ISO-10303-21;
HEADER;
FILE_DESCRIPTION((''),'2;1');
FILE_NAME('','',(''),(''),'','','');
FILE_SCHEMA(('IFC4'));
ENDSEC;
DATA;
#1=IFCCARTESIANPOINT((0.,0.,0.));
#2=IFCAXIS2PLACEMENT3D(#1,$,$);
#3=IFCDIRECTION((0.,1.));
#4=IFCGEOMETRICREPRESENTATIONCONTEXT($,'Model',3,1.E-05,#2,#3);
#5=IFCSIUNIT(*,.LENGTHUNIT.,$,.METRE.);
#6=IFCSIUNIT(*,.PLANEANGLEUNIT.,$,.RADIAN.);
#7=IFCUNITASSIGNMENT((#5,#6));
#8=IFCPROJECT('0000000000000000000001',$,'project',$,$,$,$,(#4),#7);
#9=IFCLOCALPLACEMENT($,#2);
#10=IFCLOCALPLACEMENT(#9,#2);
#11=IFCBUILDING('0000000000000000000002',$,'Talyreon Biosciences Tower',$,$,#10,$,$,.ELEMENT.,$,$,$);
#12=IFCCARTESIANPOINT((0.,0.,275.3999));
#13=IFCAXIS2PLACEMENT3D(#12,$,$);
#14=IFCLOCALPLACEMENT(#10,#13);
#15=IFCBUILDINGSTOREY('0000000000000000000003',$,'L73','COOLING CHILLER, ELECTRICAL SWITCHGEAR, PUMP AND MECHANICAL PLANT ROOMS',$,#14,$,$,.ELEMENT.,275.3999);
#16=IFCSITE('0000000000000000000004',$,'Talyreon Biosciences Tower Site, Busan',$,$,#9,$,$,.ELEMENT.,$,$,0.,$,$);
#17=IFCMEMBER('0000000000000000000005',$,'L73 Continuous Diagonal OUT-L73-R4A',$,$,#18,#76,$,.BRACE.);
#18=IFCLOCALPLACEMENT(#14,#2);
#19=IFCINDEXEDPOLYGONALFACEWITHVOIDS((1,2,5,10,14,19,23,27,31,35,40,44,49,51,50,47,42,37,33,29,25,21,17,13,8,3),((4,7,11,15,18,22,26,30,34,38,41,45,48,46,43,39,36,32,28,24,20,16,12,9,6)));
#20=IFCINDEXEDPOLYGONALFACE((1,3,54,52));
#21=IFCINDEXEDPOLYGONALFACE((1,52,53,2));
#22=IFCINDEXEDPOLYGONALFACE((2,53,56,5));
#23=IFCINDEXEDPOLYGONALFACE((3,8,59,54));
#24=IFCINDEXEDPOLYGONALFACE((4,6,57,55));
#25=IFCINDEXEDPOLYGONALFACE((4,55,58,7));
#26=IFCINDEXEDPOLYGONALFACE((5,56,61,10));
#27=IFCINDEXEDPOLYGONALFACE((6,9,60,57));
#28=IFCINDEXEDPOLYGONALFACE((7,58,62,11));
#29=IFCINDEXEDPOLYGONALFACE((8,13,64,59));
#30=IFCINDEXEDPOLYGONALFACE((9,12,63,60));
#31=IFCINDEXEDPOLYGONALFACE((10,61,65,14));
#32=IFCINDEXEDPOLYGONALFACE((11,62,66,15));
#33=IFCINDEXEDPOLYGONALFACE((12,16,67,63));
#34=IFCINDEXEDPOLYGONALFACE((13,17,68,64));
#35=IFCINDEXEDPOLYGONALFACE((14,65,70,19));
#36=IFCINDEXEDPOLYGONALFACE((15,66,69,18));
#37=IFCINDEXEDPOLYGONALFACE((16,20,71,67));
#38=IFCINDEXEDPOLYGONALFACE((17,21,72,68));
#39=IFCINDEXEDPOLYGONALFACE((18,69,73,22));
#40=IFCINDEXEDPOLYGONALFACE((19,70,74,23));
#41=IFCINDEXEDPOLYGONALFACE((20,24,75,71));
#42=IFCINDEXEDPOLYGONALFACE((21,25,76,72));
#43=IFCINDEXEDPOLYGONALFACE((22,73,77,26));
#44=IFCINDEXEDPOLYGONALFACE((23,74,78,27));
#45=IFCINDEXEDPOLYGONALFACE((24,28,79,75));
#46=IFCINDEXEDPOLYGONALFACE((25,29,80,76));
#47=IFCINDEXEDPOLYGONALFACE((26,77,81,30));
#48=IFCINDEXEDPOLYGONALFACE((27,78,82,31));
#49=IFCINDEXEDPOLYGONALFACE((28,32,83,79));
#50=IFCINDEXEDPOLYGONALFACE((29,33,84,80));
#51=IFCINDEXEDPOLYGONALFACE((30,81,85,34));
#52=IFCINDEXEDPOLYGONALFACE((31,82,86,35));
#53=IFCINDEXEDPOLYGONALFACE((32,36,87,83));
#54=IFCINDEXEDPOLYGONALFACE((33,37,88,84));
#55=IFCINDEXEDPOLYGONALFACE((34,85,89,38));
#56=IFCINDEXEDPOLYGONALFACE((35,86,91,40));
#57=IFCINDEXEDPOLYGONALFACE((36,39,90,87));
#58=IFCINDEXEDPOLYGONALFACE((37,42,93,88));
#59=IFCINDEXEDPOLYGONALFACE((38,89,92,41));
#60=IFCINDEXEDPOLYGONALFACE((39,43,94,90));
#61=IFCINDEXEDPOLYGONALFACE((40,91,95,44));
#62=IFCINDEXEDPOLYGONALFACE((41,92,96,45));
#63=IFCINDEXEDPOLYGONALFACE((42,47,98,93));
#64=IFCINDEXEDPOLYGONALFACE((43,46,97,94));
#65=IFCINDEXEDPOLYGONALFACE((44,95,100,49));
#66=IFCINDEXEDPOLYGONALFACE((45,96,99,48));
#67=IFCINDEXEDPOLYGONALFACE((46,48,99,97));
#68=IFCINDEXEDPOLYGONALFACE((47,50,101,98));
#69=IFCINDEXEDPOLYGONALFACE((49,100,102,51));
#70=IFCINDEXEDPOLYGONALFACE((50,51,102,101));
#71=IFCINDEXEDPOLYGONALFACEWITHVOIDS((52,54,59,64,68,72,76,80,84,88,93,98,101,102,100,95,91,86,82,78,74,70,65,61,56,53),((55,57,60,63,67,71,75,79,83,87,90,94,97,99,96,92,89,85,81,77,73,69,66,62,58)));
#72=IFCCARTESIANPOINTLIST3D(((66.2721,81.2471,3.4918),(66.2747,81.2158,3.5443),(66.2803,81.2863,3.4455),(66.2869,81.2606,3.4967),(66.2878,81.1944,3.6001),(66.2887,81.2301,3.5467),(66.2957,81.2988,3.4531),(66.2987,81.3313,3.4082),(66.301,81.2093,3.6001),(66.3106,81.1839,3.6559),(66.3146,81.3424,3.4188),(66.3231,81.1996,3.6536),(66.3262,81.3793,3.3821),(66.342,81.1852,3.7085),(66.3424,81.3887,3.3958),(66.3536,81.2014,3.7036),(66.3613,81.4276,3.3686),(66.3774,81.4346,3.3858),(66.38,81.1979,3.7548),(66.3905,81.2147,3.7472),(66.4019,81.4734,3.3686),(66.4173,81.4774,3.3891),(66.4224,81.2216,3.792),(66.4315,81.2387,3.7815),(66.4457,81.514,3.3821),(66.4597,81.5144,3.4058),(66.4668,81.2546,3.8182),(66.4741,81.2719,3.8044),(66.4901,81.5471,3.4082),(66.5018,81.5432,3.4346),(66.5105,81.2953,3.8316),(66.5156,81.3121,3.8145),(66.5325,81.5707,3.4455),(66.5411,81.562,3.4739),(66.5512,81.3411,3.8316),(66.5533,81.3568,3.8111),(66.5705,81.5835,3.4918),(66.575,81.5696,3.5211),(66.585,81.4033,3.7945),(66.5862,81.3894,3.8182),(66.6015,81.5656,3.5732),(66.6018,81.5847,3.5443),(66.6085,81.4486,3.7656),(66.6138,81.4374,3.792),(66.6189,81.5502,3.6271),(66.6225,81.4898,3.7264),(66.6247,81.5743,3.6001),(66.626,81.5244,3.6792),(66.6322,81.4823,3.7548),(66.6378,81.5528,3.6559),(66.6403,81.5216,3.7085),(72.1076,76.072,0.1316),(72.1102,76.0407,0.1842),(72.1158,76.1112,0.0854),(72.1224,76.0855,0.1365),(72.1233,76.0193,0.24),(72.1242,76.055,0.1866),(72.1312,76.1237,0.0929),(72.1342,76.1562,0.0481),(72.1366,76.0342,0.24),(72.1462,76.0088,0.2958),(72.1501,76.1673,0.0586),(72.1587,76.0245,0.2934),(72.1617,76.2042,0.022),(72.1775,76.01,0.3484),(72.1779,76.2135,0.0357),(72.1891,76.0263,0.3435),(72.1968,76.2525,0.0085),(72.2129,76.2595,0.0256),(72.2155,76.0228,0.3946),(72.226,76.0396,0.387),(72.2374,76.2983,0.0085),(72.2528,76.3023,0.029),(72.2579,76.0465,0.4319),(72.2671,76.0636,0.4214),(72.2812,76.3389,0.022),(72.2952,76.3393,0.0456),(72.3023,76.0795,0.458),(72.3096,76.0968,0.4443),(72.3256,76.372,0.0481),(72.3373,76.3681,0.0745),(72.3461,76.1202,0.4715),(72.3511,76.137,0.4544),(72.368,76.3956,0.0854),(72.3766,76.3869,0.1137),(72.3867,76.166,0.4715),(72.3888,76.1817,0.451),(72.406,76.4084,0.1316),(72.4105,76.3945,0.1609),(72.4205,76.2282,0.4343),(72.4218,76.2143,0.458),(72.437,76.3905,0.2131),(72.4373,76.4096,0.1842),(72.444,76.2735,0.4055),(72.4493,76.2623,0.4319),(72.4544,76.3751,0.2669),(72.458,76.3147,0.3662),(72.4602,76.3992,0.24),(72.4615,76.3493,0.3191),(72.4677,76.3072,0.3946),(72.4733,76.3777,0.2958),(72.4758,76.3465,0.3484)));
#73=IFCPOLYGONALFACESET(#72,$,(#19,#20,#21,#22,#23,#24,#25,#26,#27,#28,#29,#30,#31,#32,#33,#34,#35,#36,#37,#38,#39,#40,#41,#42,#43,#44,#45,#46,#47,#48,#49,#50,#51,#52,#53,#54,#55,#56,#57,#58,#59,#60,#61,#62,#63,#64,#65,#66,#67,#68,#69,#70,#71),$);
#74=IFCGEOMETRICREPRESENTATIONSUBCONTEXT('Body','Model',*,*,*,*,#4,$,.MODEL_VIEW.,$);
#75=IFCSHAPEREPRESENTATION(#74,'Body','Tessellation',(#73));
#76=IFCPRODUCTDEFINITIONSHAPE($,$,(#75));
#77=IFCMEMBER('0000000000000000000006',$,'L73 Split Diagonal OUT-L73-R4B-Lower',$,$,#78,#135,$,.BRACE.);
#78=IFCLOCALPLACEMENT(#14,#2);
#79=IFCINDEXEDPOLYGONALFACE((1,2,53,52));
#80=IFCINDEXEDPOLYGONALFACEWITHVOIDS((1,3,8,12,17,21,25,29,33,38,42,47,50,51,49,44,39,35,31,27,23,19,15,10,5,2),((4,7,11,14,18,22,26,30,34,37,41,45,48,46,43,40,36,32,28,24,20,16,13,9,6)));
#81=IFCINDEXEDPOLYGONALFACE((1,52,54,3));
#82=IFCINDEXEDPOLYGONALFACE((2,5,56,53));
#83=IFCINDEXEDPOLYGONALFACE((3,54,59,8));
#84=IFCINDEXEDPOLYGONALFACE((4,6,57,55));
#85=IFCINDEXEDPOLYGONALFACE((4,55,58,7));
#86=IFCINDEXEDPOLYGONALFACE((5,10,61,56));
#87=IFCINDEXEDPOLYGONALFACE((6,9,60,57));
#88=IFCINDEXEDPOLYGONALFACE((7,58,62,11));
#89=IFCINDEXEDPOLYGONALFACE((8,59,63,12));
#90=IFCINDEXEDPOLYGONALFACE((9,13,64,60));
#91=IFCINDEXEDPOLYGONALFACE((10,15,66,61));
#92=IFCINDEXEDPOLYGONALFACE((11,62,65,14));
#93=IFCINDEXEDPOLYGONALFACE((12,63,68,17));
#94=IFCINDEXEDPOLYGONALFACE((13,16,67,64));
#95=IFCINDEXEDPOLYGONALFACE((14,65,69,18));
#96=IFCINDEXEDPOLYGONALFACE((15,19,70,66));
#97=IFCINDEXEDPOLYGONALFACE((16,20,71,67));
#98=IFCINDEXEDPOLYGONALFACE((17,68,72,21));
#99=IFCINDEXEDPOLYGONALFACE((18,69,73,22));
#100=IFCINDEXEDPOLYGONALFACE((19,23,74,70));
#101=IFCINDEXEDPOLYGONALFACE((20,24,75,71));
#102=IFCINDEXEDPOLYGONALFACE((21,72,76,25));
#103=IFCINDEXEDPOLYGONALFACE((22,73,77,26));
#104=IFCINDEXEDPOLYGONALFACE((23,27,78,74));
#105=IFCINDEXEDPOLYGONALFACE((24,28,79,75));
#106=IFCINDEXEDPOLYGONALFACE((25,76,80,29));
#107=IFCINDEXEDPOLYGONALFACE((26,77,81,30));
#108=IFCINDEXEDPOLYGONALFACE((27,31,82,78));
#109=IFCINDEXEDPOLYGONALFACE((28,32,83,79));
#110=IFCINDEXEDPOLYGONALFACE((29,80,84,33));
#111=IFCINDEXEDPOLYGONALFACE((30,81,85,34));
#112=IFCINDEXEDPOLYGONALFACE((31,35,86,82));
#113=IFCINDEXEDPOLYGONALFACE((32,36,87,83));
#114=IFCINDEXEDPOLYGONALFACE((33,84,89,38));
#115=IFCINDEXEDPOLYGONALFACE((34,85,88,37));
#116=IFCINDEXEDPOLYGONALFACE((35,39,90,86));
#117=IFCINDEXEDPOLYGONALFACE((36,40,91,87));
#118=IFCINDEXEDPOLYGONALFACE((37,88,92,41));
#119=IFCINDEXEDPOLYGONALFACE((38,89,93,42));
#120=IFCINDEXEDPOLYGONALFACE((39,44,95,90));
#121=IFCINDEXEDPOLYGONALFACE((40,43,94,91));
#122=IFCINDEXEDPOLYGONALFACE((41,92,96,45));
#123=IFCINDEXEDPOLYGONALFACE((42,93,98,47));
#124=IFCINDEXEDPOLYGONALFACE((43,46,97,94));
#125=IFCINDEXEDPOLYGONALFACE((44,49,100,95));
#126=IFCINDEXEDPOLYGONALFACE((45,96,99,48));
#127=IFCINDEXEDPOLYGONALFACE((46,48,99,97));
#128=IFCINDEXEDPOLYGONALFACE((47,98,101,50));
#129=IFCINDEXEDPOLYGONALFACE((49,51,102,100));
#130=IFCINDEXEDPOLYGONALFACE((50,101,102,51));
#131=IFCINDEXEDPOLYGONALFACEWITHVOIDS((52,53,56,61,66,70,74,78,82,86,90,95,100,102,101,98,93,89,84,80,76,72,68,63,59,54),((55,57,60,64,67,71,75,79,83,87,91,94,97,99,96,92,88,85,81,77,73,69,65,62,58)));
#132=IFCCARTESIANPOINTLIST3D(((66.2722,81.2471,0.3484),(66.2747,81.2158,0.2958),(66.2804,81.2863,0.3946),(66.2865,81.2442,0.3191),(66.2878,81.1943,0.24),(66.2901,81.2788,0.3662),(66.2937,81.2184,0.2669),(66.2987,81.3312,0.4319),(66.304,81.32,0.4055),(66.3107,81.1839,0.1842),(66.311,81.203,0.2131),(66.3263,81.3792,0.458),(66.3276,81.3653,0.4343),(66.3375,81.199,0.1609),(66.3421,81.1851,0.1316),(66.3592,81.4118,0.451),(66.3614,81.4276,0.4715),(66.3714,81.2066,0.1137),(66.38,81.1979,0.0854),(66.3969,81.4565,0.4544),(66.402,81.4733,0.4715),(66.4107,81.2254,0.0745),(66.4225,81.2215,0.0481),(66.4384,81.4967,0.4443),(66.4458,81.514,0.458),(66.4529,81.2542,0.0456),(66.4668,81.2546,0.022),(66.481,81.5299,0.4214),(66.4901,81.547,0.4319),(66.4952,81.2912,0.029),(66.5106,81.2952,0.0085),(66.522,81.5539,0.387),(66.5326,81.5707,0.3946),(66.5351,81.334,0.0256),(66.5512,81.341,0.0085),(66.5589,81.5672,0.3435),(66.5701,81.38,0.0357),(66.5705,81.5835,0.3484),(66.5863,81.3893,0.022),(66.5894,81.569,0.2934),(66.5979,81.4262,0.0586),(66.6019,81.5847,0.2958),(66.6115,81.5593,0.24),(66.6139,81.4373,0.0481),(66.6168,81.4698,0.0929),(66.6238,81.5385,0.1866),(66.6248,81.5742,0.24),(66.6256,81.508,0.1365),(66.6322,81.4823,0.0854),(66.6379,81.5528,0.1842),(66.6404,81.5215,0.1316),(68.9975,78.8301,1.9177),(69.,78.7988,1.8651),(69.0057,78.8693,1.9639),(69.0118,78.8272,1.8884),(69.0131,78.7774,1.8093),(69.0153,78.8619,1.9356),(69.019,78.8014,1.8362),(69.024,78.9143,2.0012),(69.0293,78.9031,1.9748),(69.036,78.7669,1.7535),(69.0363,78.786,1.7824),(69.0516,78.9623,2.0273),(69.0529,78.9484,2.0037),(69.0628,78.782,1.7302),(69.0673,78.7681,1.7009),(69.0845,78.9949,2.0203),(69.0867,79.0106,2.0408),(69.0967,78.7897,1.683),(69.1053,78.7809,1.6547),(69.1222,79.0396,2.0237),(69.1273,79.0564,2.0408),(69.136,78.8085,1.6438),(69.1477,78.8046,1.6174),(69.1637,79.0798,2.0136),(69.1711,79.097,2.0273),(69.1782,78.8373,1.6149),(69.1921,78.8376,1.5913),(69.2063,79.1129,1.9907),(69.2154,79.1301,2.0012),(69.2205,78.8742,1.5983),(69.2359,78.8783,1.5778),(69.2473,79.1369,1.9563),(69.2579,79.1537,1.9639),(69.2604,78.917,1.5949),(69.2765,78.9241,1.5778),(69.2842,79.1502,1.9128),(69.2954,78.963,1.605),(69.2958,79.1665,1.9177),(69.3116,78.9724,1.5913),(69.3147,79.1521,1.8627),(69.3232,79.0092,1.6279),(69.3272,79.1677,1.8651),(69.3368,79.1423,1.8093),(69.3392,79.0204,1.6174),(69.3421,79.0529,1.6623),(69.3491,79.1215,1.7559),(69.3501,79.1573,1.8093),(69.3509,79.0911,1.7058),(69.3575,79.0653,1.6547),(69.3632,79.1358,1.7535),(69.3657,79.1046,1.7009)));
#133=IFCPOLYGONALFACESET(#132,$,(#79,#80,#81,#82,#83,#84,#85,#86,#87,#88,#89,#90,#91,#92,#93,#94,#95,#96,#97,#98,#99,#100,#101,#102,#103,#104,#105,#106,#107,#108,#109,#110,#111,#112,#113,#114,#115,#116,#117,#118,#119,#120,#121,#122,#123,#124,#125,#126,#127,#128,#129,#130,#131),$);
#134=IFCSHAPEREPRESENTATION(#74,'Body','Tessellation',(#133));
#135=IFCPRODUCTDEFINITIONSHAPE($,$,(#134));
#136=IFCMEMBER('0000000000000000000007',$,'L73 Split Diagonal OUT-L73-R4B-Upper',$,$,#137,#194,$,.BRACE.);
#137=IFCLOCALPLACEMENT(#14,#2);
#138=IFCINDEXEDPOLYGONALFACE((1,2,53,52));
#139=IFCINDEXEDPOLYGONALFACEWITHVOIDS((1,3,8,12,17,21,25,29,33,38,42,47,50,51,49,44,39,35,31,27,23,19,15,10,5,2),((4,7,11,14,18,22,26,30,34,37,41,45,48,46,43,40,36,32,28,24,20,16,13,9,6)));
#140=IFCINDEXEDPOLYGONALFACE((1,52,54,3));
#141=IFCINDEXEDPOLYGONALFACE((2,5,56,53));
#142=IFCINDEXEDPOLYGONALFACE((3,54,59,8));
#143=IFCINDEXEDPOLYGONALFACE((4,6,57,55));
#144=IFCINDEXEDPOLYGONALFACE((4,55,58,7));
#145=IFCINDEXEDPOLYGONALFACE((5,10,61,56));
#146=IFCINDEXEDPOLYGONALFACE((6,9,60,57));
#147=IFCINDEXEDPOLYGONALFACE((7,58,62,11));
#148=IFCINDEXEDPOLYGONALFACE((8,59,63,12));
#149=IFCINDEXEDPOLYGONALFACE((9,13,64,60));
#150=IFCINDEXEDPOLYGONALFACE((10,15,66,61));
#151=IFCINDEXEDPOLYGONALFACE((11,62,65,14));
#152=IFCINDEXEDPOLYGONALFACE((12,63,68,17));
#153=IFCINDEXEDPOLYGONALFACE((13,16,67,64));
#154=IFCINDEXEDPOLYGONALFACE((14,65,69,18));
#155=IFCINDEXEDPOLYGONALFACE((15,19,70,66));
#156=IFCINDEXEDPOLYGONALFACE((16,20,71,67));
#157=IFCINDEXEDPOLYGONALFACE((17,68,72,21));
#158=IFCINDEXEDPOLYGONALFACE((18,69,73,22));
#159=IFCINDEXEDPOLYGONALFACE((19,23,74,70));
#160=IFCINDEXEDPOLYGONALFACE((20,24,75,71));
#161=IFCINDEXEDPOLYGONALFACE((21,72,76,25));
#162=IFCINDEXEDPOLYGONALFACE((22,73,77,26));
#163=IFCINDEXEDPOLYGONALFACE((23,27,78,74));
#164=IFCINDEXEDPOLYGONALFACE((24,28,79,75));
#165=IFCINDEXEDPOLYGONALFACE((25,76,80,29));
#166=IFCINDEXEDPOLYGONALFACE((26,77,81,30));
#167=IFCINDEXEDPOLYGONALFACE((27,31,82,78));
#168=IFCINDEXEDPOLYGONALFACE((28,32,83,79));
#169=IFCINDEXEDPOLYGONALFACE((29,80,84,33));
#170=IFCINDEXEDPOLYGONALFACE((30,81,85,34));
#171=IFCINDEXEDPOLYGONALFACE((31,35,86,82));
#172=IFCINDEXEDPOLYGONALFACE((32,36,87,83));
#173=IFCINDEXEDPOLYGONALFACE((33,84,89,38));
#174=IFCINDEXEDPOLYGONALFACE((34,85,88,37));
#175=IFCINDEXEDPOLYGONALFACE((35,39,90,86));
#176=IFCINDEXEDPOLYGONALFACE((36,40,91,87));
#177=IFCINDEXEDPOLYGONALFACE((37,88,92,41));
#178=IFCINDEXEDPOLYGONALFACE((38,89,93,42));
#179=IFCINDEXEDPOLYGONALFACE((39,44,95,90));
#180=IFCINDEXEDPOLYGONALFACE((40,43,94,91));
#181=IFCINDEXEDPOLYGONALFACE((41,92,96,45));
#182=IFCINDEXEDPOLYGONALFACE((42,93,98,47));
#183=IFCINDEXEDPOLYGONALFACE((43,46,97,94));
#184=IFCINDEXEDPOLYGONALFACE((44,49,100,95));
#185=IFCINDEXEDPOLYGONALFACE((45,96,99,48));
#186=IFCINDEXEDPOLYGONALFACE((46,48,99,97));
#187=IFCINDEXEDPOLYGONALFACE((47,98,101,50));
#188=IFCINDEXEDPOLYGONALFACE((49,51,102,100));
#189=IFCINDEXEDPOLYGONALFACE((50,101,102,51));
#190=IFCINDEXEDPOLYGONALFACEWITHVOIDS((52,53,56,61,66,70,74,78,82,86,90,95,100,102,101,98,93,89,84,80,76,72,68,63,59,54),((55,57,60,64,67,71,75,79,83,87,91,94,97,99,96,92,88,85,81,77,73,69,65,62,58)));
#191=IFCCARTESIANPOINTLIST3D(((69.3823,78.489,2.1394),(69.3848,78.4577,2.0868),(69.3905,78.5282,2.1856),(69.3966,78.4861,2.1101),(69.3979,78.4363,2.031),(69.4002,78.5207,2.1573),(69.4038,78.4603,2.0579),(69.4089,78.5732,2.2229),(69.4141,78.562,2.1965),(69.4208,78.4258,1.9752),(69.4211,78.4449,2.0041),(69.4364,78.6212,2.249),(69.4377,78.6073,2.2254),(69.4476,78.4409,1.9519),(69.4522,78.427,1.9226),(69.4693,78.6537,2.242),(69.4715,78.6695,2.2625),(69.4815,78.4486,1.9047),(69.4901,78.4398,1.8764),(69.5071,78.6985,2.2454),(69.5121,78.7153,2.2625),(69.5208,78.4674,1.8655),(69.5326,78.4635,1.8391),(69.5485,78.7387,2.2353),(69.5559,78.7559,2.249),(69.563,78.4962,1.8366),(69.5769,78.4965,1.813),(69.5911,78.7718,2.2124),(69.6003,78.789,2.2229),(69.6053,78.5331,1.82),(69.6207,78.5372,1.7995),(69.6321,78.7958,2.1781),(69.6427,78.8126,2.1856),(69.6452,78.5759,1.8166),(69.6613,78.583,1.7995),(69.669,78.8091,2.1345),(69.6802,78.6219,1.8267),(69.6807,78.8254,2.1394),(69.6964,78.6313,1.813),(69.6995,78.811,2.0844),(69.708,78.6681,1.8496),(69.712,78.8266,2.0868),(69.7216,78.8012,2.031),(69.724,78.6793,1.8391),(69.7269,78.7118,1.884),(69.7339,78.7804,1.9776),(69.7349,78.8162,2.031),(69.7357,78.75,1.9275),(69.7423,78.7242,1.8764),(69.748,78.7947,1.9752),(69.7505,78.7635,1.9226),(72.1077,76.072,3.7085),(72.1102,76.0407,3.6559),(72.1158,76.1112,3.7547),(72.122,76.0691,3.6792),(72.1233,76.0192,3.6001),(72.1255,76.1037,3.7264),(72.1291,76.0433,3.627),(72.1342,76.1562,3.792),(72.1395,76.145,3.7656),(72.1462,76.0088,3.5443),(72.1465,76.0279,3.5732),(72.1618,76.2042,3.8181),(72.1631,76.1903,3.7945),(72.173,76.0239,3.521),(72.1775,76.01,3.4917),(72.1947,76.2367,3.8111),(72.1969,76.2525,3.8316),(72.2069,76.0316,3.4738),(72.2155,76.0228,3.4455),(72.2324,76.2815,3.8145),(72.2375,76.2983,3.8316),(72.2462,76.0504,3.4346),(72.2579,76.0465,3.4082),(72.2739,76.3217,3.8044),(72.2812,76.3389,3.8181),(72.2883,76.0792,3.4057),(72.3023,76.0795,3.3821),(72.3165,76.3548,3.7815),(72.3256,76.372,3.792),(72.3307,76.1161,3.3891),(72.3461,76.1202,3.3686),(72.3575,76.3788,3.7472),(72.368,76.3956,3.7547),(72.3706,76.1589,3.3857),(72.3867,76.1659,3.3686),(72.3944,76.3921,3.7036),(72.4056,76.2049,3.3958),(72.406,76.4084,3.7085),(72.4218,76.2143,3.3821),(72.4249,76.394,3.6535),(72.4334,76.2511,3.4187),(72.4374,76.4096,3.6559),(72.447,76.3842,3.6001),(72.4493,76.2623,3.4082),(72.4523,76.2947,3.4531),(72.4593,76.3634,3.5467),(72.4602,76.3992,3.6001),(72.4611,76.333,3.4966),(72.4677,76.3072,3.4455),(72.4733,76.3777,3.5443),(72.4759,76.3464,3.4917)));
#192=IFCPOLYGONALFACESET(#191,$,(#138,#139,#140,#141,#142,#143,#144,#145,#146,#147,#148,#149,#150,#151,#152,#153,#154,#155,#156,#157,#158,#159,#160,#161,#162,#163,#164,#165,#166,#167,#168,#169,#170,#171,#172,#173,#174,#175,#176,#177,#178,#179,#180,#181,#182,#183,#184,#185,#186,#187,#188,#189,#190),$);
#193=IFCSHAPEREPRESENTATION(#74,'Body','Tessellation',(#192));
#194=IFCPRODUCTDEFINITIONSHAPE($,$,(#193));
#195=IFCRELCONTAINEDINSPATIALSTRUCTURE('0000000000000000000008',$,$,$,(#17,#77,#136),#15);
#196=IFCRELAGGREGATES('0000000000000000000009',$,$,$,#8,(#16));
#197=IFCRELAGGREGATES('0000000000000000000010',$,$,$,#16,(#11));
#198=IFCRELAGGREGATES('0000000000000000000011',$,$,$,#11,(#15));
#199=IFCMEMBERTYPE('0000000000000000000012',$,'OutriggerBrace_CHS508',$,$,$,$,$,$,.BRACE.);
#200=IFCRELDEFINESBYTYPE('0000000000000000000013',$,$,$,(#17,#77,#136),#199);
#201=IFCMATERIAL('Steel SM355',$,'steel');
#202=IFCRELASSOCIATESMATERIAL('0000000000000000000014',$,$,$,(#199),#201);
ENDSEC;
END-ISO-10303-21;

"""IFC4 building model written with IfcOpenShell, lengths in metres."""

from ifc_helpers import new_model, si_unit, direction, frame, origin, origin_2d, place, context, subcontext, project, spatial, hollow_circle, extrude, material, material_profile, profile_set, type_object, element, save


model = new_model("IFC4")

# Units and contexts
model_context = context("Model", 3, precision=1e-05, world=origin(), true_north=direction((0.0, 1.0)))
body_context = subcontext(model_context, "Body", "Model", "MODEL_VIEW")
ifc_project = project(units=[si_unit("LENGTHUNIT", "METRE"), si_unit("PLANEANGLEUNIT", "RADIAN")], contexts=[model_context])

# Site, building, storey
site_placement = place(None, origin())
site = spatial("IfcSite", under=ifc_project, at=site_placement, Name="Talyreon Biosciences Tower Site, Busan", CompositionType="ELEMENT", RefElevation=0.0)
building_placement = place(site_placement, origin())
building = spatial("IfcBuilding", under=site, at=building_placement, Name="Talyreon Biosciences Tower", CompositionType="ELEMENT")
storey_placement = place(building_placement, frame((0.0, 0.0, 275.3999)))
storey = spatial("IfcBuildingStorey", under=building, at=storey_placement, Name="L73", Description="COOLING CHILLER, ELECTRICAL SWITCHGEAR, PUMP AND MECHANICAL PLANT ROOMS", CompositionType="ELEMENT", Elevation=275.3999)

# Shared definitions
ifc_material_1 = material(Name="Steel SM355", Category="steel")

# Members
ifc_material_profile_1 = material_profile(ifc_material_1, hollow_circle(Radius=0.2539, WallThickness=0.02, at=origin_2d()), Name="CHS 508x20")
ifc_profile_set_1 = profile_set([ifc_material_profile_1], Name="Steel SM355")
member_type_1 = type_object("IfcMemberType", Name="OutriggerBrace_CHS508", PredefinedType="BRACE", material=ifc_profile_set_1)
member_1_placement = place(storey_placement, frame((72.2917, 76.2092, 0.24), z_axis=(-0.687123, 0.609361, 0.395652), x_axis=(-0.663503, -0.748174, 0.0)))
element("IfcMember", 1, at=member_1_placement, inside=storey, type_object=member_type_1, Name="L73 Continuous Diagonal OUT-L73-R4A", PredefinedType="BRACE", context=body_context, shape_type="SweptSolid", body=[
    extrude(hollow_circle(Radius=0.2539, WallThickness=0.02, at=origin_2d()), origin(), (0.0, 0.0, 1.0), 8.4927),
])
for number, where, z_axis, x_axis, name in (
    (2, (66.4563, 81.3843, 0.24), (0.687111, -0.60937, 0.39566), (0.663515, 0.748163, 0.0), "L73 Split Diagonal OUT-L73-R4B-Lower"),
    (3, (69.5664, 78.6262, 2.031), (0.687128, -0.609385, 0.395608), (0.663515, 0.748163, 0.0), "L73 Split Diagonal OUT-L73-R4B-Upper"),
):
    element("IfcMember", number, at=place(storey_placement, frame(where, z_axis=z_axis, x_axis=x_axis)), inside=storey, type_object=member_type_1, Name=name, PredefinedType="BRACE", context=body_context, shape_type="SweptSolid", body=[
        extrude(hollow_circle(Radius=0.2539, WallThickness=0.02, at=origin_2d()), origin(), (0.0, 0.0, 1.0), 3.9663),
    ])

save(model, "model.ifc")
